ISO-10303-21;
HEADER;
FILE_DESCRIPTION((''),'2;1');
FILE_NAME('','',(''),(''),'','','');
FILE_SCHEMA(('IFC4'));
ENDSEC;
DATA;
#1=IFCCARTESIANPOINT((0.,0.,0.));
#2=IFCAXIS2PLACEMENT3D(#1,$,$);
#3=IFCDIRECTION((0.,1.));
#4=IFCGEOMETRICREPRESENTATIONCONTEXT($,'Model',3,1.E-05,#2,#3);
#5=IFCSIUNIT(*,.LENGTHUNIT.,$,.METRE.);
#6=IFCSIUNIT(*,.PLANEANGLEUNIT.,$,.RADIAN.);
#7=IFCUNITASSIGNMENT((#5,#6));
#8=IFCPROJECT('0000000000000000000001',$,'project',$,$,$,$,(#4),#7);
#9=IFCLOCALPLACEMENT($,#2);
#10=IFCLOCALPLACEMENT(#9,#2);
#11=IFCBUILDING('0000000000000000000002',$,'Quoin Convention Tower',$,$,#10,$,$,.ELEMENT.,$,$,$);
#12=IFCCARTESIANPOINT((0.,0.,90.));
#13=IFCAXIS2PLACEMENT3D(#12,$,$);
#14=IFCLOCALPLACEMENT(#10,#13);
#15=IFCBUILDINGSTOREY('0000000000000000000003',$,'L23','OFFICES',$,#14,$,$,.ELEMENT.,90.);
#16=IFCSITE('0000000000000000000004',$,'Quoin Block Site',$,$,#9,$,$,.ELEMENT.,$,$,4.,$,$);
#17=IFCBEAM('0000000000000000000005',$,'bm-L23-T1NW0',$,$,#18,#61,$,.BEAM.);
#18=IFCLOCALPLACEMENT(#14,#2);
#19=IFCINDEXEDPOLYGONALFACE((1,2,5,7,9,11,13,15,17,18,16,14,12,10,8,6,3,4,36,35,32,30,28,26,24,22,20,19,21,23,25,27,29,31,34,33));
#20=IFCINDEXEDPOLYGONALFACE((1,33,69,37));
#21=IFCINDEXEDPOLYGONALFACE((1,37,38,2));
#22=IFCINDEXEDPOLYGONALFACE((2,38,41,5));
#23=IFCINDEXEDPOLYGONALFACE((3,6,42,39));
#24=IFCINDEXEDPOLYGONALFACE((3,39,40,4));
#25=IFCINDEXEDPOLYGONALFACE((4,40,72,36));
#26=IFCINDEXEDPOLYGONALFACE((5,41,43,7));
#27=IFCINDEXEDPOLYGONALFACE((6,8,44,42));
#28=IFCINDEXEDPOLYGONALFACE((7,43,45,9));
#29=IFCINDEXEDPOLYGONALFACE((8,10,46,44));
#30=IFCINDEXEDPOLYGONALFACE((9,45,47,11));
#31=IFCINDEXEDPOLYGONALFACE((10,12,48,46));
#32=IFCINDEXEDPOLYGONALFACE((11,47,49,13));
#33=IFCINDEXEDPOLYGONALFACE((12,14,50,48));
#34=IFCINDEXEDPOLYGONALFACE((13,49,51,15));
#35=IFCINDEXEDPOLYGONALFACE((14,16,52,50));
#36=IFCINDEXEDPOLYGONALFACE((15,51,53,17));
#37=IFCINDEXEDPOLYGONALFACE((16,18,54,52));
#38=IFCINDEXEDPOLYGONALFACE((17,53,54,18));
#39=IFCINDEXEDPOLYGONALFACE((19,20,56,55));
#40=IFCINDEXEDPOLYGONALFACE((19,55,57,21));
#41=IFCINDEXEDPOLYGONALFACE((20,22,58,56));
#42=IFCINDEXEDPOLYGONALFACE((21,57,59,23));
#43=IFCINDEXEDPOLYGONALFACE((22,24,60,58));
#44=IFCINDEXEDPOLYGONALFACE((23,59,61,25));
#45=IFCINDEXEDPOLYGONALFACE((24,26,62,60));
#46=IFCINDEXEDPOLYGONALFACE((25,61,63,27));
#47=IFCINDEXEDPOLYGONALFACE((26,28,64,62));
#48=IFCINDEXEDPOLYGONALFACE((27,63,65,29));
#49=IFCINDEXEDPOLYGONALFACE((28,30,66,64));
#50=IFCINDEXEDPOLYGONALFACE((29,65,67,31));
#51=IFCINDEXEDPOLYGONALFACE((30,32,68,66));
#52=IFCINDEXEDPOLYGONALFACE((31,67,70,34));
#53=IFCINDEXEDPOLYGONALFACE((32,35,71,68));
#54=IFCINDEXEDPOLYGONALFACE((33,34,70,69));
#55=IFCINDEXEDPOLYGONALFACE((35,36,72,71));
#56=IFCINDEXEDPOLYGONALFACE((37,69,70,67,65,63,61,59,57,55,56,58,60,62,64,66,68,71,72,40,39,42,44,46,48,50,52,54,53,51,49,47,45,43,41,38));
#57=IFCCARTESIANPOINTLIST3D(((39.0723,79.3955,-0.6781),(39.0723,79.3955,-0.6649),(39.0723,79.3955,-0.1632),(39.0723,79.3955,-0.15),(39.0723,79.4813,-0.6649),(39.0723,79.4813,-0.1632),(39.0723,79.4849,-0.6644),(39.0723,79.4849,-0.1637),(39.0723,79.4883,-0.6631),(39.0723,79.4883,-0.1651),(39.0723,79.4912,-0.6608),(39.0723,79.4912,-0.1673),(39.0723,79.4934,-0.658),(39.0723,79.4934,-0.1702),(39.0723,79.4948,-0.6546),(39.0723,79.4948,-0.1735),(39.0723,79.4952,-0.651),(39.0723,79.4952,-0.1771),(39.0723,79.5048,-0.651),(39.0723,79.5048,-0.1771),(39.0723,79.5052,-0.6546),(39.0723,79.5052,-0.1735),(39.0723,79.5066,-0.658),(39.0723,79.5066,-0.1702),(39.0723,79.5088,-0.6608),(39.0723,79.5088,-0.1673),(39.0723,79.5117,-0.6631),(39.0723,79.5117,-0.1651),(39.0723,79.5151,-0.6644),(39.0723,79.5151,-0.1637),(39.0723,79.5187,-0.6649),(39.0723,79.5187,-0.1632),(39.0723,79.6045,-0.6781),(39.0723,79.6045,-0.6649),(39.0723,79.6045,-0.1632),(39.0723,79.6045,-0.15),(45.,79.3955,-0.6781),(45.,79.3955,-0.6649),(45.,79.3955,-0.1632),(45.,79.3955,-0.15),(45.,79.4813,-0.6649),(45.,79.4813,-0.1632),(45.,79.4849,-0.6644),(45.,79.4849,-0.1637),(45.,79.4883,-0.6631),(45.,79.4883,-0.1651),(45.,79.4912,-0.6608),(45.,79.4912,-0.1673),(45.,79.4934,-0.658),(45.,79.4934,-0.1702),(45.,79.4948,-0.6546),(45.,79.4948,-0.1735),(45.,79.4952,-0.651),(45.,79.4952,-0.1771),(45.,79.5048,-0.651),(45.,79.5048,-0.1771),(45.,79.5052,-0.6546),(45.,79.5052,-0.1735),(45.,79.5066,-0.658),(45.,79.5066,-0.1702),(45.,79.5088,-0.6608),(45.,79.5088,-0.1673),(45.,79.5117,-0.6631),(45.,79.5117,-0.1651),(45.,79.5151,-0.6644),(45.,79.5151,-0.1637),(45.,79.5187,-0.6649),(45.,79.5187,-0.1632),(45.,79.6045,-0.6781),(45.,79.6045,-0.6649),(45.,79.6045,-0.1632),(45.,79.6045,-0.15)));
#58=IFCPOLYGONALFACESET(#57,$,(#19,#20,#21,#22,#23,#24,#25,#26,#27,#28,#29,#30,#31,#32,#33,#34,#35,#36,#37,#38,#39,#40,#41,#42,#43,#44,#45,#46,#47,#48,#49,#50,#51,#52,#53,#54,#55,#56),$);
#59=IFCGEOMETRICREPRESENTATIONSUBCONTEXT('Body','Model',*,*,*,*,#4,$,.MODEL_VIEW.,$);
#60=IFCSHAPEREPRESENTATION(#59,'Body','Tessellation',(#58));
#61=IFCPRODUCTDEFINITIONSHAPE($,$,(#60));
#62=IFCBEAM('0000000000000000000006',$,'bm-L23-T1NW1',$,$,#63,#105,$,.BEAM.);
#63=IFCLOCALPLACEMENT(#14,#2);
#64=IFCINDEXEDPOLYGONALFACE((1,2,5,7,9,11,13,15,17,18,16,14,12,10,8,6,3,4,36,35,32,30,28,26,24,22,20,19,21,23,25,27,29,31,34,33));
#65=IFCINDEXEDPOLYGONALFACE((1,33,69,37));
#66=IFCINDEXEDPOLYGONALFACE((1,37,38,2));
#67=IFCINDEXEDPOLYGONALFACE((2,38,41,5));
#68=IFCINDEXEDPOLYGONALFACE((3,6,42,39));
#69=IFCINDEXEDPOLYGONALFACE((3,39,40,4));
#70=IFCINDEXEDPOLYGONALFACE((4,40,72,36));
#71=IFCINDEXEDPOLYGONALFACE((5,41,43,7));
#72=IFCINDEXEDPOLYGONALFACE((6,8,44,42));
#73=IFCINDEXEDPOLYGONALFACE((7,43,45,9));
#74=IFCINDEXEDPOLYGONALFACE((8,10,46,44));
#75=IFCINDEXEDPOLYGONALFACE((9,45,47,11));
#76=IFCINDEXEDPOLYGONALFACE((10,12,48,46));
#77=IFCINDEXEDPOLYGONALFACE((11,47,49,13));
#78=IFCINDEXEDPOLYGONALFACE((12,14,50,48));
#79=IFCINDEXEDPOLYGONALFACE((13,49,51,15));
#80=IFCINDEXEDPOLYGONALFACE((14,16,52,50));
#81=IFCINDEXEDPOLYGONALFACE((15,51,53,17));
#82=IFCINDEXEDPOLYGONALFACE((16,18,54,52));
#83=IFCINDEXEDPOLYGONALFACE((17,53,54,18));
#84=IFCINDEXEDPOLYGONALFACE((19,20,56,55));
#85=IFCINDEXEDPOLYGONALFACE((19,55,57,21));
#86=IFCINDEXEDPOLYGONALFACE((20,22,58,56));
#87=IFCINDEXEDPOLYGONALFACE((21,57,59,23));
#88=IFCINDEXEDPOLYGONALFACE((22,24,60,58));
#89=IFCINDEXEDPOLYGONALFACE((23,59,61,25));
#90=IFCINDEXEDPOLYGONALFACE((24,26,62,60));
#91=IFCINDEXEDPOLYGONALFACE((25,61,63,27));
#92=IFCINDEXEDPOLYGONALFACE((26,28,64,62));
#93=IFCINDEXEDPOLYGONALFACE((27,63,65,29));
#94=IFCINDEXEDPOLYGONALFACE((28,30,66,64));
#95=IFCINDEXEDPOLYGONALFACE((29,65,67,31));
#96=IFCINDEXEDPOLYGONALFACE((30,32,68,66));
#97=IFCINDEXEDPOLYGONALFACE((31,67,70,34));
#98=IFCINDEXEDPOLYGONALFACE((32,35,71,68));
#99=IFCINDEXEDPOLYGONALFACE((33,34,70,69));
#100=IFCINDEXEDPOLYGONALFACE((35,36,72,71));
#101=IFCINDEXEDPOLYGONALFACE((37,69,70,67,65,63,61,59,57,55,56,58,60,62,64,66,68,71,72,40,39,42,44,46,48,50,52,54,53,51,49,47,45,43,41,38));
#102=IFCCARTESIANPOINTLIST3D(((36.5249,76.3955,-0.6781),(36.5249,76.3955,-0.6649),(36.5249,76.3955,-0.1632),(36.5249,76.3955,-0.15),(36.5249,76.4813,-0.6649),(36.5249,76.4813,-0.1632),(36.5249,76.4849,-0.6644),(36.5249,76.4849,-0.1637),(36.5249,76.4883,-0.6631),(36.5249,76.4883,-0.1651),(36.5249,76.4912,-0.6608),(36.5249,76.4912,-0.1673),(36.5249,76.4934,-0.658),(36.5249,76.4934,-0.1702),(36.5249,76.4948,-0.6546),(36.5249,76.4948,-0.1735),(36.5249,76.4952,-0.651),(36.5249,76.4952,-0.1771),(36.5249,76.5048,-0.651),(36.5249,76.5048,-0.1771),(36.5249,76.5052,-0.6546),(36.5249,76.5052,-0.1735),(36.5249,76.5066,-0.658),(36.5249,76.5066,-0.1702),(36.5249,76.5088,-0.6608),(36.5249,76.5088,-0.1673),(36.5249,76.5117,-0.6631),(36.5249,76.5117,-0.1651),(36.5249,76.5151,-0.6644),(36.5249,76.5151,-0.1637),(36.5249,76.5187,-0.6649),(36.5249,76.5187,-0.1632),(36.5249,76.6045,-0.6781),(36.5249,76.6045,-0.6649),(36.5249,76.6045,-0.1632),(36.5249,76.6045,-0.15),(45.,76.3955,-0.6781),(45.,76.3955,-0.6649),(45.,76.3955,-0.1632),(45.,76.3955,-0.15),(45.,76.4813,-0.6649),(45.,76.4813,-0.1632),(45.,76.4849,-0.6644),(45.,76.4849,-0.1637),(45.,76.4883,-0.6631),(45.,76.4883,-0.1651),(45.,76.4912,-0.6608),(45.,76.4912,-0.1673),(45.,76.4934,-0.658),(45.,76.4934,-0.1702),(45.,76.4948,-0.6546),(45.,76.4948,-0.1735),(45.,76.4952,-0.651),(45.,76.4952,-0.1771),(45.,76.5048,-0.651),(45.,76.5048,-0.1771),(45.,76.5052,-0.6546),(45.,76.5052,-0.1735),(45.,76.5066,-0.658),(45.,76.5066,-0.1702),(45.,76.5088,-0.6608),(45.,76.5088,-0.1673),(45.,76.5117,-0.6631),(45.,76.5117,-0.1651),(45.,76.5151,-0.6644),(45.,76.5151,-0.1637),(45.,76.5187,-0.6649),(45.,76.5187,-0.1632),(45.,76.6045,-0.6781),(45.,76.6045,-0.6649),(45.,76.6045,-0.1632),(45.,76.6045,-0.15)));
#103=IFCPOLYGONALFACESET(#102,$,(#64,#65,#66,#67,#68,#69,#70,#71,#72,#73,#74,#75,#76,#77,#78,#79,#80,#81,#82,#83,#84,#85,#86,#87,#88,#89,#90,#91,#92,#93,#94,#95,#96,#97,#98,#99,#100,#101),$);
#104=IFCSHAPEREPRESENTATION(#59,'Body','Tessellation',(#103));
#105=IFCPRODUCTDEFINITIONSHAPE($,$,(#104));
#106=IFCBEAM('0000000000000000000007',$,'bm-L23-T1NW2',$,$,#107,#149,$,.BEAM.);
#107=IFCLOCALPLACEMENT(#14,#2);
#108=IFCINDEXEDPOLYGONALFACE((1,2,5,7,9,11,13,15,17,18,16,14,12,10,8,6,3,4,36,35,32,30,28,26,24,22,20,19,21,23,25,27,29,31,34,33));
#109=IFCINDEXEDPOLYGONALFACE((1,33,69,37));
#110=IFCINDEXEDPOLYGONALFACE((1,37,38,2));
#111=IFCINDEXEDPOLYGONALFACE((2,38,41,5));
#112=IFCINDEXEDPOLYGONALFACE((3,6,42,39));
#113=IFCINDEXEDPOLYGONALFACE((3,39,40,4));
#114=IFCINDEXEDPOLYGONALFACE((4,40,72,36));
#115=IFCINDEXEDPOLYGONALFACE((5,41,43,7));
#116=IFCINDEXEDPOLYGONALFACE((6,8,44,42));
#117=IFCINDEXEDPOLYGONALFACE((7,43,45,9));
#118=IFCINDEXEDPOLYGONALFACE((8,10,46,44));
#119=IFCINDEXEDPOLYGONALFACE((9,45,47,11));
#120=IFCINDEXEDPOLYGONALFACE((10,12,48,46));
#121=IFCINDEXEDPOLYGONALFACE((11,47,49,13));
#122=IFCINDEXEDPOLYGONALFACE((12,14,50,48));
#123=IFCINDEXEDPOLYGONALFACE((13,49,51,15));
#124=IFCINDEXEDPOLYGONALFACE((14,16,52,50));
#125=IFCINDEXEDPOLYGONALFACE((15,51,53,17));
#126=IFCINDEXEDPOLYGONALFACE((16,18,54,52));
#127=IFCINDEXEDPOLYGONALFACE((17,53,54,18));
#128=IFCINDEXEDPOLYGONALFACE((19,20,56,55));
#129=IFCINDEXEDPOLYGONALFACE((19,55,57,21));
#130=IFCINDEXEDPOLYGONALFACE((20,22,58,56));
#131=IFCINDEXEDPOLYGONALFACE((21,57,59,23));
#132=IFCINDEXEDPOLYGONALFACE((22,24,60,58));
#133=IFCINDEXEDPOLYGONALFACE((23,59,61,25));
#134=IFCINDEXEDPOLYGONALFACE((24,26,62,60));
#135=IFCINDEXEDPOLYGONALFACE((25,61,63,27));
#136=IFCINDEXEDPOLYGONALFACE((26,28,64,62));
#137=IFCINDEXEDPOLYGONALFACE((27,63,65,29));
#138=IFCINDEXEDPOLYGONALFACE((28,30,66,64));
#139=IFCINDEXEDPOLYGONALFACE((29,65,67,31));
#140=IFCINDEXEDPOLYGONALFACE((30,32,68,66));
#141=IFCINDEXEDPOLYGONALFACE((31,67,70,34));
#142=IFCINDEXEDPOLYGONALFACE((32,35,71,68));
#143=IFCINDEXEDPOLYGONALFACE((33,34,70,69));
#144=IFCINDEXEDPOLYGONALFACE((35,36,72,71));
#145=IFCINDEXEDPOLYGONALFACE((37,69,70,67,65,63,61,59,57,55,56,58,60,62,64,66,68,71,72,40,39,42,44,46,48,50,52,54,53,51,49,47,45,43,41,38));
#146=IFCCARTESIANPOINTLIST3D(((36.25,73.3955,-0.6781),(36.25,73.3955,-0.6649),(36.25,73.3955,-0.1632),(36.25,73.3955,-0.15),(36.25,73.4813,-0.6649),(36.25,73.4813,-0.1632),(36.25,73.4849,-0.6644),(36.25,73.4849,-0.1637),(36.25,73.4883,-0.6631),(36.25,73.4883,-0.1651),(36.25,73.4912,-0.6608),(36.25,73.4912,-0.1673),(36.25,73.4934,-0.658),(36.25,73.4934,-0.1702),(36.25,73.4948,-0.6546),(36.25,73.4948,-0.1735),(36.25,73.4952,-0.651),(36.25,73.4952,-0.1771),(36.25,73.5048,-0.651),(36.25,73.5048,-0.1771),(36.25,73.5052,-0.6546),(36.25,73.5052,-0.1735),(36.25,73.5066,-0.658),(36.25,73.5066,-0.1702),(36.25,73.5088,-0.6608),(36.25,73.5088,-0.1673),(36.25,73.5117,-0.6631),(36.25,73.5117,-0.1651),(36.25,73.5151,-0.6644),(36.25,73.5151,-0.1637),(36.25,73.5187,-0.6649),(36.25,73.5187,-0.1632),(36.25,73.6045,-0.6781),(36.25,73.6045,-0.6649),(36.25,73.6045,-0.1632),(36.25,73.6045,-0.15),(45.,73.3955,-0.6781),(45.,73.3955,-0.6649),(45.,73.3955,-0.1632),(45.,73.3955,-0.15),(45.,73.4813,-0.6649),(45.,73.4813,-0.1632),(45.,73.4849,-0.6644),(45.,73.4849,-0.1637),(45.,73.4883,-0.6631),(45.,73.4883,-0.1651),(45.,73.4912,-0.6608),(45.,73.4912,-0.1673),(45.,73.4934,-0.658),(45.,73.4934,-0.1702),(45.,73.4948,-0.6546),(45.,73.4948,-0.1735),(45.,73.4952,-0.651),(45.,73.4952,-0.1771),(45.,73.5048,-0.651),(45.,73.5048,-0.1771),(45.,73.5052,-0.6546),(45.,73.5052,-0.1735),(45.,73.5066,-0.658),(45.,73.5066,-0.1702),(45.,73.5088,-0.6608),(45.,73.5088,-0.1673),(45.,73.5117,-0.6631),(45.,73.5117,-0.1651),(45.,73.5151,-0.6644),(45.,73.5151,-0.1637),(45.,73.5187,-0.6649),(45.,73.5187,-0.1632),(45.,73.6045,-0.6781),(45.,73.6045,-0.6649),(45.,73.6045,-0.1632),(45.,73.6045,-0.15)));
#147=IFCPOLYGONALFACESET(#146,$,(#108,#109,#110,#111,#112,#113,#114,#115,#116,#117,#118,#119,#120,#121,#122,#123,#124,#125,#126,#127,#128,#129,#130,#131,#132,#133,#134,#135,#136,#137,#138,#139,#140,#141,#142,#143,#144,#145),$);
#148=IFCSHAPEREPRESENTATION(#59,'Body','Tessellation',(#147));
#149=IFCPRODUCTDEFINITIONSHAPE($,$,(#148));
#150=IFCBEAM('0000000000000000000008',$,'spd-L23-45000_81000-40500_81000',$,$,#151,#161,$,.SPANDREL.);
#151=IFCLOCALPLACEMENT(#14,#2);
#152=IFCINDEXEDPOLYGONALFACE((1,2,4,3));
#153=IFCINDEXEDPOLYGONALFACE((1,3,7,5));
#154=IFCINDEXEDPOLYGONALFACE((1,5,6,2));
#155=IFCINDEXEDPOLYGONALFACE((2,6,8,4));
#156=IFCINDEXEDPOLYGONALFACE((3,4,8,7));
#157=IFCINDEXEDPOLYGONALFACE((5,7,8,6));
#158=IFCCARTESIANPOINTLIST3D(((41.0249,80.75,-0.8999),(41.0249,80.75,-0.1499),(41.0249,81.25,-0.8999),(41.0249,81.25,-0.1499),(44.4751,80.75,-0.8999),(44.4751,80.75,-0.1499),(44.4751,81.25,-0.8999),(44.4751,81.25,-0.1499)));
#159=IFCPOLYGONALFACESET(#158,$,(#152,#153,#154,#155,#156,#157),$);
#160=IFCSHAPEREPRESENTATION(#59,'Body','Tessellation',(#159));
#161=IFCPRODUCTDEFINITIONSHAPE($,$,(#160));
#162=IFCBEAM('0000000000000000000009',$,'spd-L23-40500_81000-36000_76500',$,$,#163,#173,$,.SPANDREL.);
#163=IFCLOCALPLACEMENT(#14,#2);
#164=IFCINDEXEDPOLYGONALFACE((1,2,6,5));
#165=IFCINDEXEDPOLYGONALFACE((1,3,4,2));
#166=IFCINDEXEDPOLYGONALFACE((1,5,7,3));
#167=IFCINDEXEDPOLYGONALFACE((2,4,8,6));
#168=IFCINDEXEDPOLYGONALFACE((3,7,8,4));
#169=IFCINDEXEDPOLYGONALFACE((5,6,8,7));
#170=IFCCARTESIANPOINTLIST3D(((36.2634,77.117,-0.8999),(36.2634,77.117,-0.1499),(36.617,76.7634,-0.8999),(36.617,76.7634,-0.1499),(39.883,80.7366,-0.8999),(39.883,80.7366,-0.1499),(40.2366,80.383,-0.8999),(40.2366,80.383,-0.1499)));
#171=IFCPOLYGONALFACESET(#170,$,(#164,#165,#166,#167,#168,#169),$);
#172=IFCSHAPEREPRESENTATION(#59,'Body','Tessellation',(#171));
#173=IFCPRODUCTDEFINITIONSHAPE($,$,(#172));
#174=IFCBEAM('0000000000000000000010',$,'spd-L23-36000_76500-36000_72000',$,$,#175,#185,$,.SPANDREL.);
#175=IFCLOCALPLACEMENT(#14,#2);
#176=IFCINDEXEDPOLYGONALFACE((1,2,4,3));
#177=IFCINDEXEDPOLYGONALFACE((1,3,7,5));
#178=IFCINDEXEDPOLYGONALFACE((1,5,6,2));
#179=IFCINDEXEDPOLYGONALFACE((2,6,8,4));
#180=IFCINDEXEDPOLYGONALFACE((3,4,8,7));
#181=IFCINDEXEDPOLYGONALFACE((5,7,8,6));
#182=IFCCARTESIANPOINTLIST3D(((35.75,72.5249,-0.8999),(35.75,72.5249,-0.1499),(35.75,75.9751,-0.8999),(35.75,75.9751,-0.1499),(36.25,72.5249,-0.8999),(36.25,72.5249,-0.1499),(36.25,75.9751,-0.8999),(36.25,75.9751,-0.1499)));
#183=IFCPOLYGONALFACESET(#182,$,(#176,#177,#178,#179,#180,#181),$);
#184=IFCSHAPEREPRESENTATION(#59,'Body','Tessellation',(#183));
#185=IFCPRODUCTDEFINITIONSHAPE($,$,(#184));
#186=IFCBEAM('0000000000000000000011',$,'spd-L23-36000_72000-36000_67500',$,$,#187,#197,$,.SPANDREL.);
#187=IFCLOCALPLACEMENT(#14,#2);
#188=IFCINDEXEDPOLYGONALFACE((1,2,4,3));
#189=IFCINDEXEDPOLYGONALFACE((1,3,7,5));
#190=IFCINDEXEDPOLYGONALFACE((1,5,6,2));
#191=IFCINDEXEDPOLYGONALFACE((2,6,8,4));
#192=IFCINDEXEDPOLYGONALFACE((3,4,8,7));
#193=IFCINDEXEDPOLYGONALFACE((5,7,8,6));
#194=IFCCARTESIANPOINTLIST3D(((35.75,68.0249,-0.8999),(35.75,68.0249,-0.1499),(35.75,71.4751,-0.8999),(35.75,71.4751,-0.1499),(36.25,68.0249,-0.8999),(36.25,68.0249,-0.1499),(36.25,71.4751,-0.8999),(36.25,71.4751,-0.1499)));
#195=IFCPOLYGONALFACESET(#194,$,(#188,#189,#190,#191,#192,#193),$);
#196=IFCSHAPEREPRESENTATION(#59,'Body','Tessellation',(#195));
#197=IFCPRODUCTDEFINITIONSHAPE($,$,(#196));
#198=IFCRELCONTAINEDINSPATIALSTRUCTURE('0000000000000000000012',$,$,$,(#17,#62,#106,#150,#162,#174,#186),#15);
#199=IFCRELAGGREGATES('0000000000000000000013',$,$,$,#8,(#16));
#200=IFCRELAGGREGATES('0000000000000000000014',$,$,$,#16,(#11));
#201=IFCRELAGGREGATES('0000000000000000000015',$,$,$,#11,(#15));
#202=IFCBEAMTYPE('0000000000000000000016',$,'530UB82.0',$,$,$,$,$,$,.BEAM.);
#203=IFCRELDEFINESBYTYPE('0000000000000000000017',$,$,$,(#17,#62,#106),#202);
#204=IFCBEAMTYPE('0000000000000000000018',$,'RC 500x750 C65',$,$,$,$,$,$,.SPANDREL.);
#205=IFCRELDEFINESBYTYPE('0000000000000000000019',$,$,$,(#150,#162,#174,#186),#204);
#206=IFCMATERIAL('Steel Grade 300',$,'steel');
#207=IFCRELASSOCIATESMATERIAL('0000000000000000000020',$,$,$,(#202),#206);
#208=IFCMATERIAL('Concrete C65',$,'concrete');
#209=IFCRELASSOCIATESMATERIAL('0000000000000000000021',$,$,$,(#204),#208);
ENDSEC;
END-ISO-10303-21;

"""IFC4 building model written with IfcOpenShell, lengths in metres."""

from ifc_helpers import new_model, si_unit, direction, frame, origin, origin_2d, place, context, subcontext, project, spatial, rectangle, i_section, extrude, material, material_profile, profile_set, type_object, element, save


model = new_model("IFC4")

# Units and contexts
model_context = context("Model", 3, precision=1e-05, world=origin(), true_north=direction((0.0, 1.0)))
body_context = subcontext(model_context, "Body", "Model", "MODEL_VIEW")
ifc_project = project(units=[si_unit("LENGTHUNIT", "METRE"), si_unit("PLANEANGLEUNIT", "RADIAN")], contexts=[model_context])

# Site, building, storey
site_placement = place(None, origin())
site = spatial("IfcSite", under=ifc_project, at=site_placement, Name="Quoin Block Site", CompositionType="ELEMENT", RefElevation=4.0)
building_placement = place(site_placement, origin())
building = spatial("IfcBuilding", under=site, at=building_placement, Name="Quoin Convention Tower", CompositionType="ELEMENT")
storey_placement = place(building_placement, frame((0.0, 0.0, 90.0)))
storey = spatial("IfcBuildingStorey", under=building, at=storey_placement, Name="L23", Description="OFFICES", CompositionType="ELEMENT", Elevation=90.0)

# Shared definitions
ifc_material_1 = material(Name="Concrete C65", Category="concrete")

# Beams
ifc_material_2 = material(Name="Steel Grade 300", Category="steel")
ifc_material_profile_1 = material_profile(ifc_material_2, i_section(OverallWidth=0.209, OverallDepth=0.5281, WebThickness=0.0095, FlangeThickness=0.0132, FilletRadius=0.0139, at=origin_2d()), Name="530UB82.0")
ifc_profile_set_1 = profile_set([ifc_material_profile_1], Name="Steel Grade 300")
beam_type_1 = type_object("IfcBeamType", Name="530UB82.0", PredefinedType="BEAM", material=ifc_profile_set_1)
beam_1_placement = place(storey_placement, frame((39.0723, 79.5, -0.4141), z_axis=(1.0, 0.0, 0.0), x_axis=(0.0, 1.0, 0.0)))
element("IfcBeam", 1, at=beam_1_placement, inside=storey, type_object=beam_type_1, Name="bm-L23-T1NW0", PredefinedType="BEAM", context=body_context, shape_type="SweptSolid", body=[
    extrude(i_section(OverallWidth=0.209, OverallDepth=0.5281, WebThickness=0.0095, FlangeThickness=0.0132, FilletRadius=0.0139, at=origin_2d()), origin(), (0.0, 0.0, 1.0), 5.9277),
])
beam_2_placement = place(storey_placement, frame((36.5249, 76.5, -0.4141), z_axis=(1.0, 0.0, 0.0), x_axis=(0.0, 1.0, 0.0)))
element("IfcBeam", 2, at=beam_2_placement, inside=storey, type_object=beam_type_1, Name="bm-L23-T1NW1", PredefinedType="BEAM", context=body_context, shape_type="SweptSolid", body=[
    extrude(i_section(OverallWidth=0.209, OverallDepth=0.5281, WebThickness=0.0095, FlangeThickness=0.0132, FilletRadius=0.0139, at=origin_2d()), origin(), (0.0, 0.0, 1.0), 8.4751),
])
beam_3_placement = place(storey_placement, frame((36.25, 73.5, -0.4141), z_axis=(1.0, 0.0, 0.0), x_axis=(0.0, 1.0, 0.0)))
element("IfcBeam", 3, at=beam_3_placement, inside=storey, type_object=beam_type_1, Name="bm-L23-T1NW2", PredefinedType="BEAM", context=body_context, shape_type="SweptSolid", body=[
    extrude(i_section(OverallWidth=0.209, OverallDepth=0.5281, WebThickness=0.0095, FlangeThickness=0.0132, FilletRadius=0.0139, at=origin_2d()), origin(), (0.0, 0.0, 1.0), 8.75),
])
ifc_material_profile_2 = material_profile(ifc_material_1, rectangle(XDim=0.5, YDim=0.75, at=origin_2d()), Name="RC 500x750")
ifc_profile_set_2 = profile_set([ifc_material_profile_2], Name="Concrete C65")
beam_type_2 = type_object("IfcBeamType", Name="RC 500x750 C65", PredefinedType="SPANDREL", material=ifc_profile_set_2)
beam_4_placement = place(storey_placement, frame((44.4751, 81.0, -0.5249), z_axis=(-1.0, 0.0, 0.0), x_axis=(0.0, -1.0, 0.0)))
element("IfcBeam", 4, at=beam_4_placement, inside=storey, type_object=beam_type_2, Name="spd-L23-45000_81000-40500_81000", PredefinedType="SPANDREL", context=body_context, shape_type="SweptSolid", body=[
    extrude(rectangle(XDim=0.5, YDim=0.75, at=origin_2d()), origin(), (0.0, 0.0, 1.0), 3.4502),
])
beam_5_placement = place(storey_placement, frame((40.0598, 80.5598, -0.5249), z_axis=(-0.707107, -0.707107, 0.0), x_axis=(0.707107, -0.707107, 0.0)))
element("IfcBeam", 5, at=beam_5_placement, inside=storey, type_object=beam_type_2, Name="spd-L23-40500_81000-36000_76500", PredefinedType="SPANDREL", context=body_context, shape_type="SweptSolid", body=[
    extrude(rectangle(XDim=0.5, YDim=0.75, at=origin_2d()), origin(), (0.0, 0.0, 1.0), 5.1189),
])
for number, where, z_axis, x_axis, name in (
    (6, (36.0, 75.9751, -0.5249), (0.0, -1.0, 0.0), (1.0, 0.0, 0.0), "spd-L23-36000_76500-36000_72000"),
    (7, (36.0, 71.4751, -0.5249), (0.0, -1.0, 0.0), (1.0, 0.0, 0.0), "spd-L23-36000_72000-36000_67500"),
):
    element("IfcBeam", number, at=place(storey_placement, frame(where, z_axis=z_axis, x_axis=x_axis)), inside=storey, type_object=beam_type_2, Name=name, PredefinedType="SPANDREL", context=body_context, shape_type="SweptSolid", body=[
        extrude(rectangle(XDim=0.5, YDim=0.75, at=origin_2d()), origin(), (0.0, 0.0, 1.0), 3.4502),
    ])

save(model, "model.ifc")
